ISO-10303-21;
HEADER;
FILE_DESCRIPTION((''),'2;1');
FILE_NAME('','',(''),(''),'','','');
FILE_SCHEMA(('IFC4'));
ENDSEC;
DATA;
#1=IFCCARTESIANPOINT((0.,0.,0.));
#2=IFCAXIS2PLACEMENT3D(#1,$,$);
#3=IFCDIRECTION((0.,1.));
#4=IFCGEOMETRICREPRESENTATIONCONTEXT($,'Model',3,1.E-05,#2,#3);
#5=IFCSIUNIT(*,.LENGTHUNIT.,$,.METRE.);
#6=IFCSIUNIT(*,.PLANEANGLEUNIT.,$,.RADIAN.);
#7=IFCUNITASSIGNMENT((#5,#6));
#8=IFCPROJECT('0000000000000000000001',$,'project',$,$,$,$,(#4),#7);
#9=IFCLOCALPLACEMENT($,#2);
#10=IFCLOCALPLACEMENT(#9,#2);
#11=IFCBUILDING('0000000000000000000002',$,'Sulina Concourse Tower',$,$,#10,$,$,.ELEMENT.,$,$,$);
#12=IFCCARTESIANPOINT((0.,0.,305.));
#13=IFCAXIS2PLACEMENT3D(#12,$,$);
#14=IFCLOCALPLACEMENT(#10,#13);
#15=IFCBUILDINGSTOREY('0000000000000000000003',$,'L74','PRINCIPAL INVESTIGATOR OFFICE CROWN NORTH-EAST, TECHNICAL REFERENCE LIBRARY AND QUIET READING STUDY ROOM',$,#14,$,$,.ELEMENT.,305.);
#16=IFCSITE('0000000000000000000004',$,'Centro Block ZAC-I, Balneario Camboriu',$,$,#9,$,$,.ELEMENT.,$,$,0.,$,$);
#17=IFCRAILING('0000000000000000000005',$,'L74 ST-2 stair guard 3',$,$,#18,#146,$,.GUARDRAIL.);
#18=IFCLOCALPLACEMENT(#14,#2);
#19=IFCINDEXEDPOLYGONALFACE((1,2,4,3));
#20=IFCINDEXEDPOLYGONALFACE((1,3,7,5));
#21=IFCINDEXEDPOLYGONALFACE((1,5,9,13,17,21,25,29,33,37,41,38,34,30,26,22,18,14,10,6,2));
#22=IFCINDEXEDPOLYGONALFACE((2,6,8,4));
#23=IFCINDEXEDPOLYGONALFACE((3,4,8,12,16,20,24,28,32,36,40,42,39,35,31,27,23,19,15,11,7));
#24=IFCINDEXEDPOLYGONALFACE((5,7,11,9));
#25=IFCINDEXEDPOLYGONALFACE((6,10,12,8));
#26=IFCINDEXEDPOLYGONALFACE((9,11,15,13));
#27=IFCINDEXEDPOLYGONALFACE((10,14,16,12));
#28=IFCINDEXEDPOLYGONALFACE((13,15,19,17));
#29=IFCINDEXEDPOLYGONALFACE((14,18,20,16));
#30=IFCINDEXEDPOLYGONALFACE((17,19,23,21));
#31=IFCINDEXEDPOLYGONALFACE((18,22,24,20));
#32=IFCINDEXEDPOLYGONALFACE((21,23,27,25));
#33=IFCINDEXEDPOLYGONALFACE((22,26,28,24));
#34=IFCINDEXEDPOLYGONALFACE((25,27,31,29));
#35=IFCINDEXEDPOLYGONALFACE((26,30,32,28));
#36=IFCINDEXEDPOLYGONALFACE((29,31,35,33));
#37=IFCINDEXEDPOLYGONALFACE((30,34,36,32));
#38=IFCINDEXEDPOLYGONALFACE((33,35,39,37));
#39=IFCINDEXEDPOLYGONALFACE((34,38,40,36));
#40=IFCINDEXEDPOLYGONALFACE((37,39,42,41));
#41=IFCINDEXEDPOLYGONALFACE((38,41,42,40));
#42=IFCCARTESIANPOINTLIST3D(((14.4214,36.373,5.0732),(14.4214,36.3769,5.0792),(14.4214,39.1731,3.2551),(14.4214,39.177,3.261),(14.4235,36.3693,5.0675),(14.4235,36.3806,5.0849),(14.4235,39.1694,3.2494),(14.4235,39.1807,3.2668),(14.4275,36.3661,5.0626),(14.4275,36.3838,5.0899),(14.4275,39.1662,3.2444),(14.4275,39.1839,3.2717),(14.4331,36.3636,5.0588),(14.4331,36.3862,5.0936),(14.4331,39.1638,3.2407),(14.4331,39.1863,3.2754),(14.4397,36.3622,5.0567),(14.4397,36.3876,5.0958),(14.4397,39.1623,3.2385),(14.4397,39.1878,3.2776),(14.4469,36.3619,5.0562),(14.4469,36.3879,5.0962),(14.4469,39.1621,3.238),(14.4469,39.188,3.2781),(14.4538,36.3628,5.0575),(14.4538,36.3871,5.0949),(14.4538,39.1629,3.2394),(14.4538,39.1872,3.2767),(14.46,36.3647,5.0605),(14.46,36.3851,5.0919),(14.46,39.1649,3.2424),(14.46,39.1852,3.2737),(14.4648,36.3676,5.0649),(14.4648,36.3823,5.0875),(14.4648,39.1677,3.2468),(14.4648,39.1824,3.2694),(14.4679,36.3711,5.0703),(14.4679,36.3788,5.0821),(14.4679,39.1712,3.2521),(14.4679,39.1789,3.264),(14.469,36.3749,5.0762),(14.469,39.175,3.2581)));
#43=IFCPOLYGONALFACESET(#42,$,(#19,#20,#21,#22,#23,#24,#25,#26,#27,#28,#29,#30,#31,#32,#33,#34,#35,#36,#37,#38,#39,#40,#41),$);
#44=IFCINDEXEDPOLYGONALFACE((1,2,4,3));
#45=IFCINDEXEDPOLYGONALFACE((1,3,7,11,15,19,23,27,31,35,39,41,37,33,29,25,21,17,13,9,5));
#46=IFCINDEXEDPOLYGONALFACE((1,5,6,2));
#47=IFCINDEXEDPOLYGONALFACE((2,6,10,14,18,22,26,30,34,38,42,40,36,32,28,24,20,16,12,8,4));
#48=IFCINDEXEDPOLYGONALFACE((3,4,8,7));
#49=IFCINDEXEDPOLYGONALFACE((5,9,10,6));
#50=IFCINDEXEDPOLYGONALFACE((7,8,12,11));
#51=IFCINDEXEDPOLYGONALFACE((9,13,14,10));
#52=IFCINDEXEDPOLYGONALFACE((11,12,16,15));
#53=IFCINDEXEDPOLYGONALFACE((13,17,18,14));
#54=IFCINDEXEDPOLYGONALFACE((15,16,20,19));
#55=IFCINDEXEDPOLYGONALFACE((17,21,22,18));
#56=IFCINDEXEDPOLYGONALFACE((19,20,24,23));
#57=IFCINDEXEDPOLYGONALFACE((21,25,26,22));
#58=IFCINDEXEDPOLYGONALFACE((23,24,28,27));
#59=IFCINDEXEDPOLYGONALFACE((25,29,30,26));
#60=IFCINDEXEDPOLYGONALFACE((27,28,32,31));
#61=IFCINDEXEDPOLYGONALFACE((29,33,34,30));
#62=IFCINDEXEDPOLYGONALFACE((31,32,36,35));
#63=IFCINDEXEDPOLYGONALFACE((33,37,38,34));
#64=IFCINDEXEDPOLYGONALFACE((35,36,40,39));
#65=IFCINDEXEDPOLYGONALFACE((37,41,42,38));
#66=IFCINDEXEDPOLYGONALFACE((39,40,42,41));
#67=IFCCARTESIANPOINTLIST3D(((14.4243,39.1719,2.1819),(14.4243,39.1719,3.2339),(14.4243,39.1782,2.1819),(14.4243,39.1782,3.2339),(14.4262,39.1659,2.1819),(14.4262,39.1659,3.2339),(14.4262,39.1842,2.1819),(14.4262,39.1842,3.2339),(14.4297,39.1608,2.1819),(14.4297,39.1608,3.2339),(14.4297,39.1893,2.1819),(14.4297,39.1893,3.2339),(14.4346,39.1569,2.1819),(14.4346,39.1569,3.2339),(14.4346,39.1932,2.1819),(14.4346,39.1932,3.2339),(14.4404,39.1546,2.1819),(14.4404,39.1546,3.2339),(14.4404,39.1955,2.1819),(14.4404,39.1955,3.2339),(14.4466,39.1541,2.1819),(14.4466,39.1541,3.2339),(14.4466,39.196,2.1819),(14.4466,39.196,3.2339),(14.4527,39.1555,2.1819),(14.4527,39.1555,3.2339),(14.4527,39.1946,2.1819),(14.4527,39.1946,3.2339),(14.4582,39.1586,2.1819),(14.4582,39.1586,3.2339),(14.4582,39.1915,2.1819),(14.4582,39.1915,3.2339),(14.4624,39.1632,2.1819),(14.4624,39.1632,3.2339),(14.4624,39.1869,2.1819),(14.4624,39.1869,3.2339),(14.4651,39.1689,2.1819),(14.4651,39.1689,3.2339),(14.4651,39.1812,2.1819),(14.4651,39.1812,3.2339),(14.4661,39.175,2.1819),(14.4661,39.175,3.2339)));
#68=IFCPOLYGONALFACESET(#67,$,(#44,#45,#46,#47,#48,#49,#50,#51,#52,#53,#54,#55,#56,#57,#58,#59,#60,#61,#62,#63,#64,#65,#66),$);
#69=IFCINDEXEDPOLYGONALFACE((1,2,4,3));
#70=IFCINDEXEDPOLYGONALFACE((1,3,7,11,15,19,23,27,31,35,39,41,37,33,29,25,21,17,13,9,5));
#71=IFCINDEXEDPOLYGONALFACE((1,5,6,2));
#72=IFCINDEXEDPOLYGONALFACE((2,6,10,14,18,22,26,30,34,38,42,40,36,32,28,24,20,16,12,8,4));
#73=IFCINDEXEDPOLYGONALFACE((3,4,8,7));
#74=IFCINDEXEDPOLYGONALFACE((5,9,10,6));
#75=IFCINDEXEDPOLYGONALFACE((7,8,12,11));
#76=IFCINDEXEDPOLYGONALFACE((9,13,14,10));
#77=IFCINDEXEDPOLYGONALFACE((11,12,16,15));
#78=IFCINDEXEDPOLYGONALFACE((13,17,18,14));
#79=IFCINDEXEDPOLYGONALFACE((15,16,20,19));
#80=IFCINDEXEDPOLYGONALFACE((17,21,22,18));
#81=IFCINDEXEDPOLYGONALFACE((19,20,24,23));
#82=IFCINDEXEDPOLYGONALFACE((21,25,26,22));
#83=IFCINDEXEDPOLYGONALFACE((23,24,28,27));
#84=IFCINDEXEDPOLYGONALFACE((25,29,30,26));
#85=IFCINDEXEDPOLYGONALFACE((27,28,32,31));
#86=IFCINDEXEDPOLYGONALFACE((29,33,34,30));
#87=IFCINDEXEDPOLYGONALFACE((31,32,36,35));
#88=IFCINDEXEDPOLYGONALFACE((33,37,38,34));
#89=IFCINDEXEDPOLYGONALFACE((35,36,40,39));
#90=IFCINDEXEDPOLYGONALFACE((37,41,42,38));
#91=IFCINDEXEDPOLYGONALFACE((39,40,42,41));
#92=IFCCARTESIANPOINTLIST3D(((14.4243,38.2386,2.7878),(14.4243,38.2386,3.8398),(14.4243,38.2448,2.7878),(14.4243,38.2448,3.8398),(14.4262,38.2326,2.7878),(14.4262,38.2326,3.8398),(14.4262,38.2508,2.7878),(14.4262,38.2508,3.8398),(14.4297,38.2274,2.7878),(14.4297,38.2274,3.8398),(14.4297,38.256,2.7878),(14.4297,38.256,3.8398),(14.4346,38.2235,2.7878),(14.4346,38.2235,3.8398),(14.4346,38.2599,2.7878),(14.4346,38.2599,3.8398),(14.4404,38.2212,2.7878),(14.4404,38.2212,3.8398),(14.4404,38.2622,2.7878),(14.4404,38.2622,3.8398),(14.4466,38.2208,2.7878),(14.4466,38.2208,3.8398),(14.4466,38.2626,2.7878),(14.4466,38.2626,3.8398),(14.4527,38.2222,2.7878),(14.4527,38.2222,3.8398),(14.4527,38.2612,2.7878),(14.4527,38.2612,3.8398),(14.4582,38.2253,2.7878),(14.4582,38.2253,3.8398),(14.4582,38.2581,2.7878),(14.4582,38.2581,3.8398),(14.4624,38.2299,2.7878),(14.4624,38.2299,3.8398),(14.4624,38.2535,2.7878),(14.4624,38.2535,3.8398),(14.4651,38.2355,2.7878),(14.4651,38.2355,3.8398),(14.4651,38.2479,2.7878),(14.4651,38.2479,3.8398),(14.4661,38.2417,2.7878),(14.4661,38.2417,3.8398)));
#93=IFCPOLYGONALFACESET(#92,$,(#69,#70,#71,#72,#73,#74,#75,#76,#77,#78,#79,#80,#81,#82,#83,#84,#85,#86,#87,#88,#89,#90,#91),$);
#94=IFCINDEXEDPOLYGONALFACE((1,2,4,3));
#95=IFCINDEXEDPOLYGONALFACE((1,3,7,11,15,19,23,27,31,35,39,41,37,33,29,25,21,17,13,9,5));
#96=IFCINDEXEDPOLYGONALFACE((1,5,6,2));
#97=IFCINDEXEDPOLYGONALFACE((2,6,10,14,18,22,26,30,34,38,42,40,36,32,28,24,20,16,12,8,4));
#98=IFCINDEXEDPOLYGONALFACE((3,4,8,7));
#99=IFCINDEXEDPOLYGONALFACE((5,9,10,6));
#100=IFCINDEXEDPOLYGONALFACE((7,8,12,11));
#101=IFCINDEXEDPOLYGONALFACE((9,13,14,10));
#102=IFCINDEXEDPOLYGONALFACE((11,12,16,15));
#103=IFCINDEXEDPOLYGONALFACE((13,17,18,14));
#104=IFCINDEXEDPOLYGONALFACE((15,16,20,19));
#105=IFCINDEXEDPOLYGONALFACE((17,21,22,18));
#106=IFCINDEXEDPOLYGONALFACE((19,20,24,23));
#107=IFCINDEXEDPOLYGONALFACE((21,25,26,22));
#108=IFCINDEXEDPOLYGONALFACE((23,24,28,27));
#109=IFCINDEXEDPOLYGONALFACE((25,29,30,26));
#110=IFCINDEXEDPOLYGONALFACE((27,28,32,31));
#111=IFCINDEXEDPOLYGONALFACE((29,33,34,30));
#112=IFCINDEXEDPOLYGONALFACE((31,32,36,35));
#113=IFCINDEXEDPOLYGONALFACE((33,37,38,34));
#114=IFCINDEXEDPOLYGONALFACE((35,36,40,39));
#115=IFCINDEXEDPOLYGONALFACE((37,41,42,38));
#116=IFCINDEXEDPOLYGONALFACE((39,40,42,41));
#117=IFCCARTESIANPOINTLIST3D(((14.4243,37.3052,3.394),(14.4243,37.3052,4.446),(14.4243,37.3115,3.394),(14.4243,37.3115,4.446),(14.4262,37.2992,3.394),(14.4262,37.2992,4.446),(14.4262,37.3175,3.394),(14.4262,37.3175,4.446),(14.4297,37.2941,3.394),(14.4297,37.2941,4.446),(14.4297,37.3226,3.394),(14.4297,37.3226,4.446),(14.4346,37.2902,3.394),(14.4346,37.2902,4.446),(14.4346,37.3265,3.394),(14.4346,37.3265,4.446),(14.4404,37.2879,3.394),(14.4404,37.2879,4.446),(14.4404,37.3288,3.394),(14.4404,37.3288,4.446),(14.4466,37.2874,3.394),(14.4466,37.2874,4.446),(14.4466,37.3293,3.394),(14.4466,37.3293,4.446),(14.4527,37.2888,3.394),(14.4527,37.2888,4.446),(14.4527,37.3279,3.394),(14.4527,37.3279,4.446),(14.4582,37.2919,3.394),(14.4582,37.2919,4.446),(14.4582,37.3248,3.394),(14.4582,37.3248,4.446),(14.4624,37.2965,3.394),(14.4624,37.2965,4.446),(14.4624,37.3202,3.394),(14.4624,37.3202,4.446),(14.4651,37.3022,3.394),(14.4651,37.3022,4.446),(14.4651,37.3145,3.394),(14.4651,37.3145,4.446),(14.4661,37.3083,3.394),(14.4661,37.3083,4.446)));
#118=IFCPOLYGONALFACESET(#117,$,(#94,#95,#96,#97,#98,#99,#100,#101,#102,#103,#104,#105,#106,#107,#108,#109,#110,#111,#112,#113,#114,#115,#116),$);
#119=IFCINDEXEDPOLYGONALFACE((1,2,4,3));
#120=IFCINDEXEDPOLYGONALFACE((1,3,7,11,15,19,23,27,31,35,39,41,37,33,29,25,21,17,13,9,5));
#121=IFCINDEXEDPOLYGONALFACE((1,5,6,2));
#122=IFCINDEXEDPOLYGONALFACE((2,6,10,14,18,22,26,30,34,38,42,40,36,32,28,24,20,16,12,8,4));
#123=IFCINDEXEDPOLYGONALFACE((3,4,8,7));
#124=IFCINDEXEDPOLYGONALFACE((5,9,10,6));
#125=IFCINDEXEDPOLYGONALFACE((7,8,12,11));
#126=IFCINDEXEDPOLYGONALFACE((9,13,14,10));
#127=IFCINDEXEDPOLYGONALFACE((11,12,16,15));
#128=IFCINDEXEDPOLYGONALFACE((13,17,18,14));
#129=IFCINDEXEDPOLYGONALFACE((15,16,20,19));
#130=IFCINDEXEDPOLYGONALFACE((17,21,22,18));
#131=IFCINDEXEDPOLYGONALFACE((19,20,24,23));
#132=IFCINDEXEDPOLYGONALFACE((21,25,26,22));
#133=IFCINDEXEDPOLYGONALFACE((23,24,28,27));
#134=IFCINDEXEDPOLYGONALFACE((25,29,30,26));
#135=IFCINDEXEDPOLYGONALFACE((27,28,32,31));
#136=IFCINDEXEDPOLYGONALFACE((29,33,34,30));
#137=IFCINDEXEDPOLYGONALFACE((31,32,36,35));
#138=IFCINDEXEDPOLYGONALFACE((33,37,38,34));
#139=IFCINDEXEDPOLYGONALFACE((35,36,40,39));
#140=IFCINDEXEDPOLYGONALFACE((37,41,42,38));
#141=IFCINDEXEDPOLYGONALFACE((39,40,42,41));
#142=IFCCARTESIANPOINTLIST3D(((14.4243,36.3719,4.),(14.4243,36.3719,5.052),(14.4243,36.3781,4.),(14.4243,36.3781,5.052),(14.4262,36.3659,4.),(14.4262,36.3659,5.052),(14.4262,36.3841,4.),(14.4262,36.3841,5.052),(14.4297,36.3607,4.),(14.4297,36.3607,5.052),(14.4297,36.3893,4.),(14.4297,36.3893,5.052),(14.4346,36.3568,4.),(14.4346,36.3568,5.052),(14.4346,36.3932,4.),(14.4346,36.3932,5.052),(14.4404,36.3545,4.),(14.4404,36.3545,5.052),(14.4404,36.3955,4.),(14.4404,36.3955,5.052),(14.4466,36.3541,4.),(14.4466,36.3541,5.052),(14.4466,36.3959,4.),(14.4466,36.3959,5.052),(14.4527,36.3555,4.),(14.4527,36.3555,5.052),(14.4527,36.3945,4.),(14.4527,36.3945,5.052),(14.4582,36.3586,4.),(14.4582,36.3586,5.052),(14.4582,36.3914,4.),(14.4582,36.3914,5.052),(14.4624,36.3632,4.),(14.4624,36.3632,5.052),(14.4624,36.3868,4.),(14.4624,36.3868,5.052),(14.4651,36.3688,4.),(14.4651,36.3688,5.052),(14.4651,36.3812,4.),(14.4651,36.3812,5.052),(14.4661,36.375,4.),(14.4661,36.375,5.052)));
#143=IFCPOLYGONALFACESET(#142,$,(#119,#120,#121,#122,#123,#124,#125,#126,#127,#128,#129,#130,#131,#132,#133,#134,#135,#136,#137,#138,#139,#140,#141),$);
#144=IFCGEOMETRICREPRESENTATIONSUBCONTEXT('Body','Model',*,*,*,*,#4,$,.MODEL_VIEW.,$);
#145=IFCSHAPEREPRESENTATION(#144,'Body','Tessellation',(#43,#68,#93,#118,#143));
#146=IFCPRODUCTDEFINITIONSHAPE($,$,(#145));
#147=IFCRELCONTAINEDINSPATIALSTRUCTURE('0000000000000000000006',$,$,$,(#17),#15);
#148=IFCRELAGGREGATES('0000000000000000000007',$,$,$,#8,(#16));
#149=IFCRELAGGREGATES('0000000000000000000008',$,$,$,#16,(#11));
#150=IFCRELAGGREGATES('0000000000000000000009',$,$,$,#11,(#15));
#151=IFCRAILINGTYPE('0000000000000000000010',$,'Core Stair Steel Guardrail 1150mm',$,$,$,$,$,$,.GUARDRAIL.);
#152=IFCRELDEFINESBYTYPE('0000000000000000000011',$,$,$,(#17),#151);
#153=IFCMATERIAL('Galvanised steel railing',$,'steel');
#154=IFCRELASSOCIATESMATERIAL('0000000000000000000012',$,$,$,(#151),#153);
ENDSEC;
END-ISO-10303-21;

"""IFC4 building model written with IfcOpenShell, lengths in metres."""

from ifc_helpers import new_model, si_unit, direction, frame, origin, origin_2d, place, context, subcontext, project, spatial, circle, extrude, material, type_object, element, save


model = new_model("IFC4")

# Units and contexts
model_context = context("Model", 3, precision=1e-05, world=origin(), true_north=direction((0.0, 1.0)))
body_context = subcontext(model_context, "Body", "Model", "MODEL_VIEW")
ifc_project = project(units=[si_unit("LENGTHUNIT", "METRE"), si_unit("PLANEANGLEUNIT", "RADIAN")], contexts=[model_context])

# Site, building, storey
site_placement = place(None, origin())
site = spatial("IfcSite", under=ifc_project, at=site_placement, Name="Centro Block ZAC-I, Balneario Camboriu", CompositionType="ELEMENT", RefElevation=0.0)
building_placement = place(site_placement, origin())
building = spatial("IfcBuilding", under=site, at=building_placement, Name="Sulina Concourse Tower", CompositionType="ELEMENT")
storey_placement = place(building_placement, frame((0.0, 0.0, 305.0)))
storey = spatial("IfcBuildingStorey", under=building, at=storey_placement, Name="L74", Description="PRINCIPAL INVESTIGATOR OFFICE CROWN NORTH-EAST, TECHNICAL REFERENCE LIBRARY AND QUIET READING STUDY ROOM", CompositionType="ELEMENT", Elevation=305.0)

# Railing
ifc_material_1 = material(Name="Galvanised steel railing", Category="steel")
railing_type_1 = type_object("IfcRailingType", Name="Core Stair Steel Guardrail 1150mm", PredefinedType="GUARDRAIL", material=ifc_material_1)
railing_1_placement = place(storey_placement, frame((14.4451, 39.175, 2.1819)))
element("IfcRailing", 1, at=railing_1_placement, inside=storey, type_object=railing_type_1, Name="L74 ST-2 stair guard 3", PredefinedType="GUARDRAIL", context=body_context, shape_type="SweptSolid", body=[
    extrude(circle(Radius=0.0239, at=origin_2d()), frame((0.0, 0.0, 1.0762), z_axis=(0.0, -0.838706, 0.544585), x_axis=(1.0, 0.0, 0.0)), (0.0, 0.0, 1.0), 3.3386),
    extrude(circle(Radius=0.021, at=origin_2d()), origin(), (0.0, 0.0, 1.0), 1.052),
    extrude(circle(Radius=0.021, at=origin_2d()), frame((0.0, -0.9333, 0.606)), (0.0, 0.0, 1.0), 1.052),
    extrude(circle(Radius=0.021, at=origin_2d()), frame((0.0, -1.8667, 1.2122)), (0.0, 0.0, 1.0), 1.052),
    extrude(circle(Radius=0.021, at=origin_2d()), frame((0.0, -2.8, 1.8181)), (0.0, 0.0, 1.0), 1.052),
])

save(model, "model.ifc")
